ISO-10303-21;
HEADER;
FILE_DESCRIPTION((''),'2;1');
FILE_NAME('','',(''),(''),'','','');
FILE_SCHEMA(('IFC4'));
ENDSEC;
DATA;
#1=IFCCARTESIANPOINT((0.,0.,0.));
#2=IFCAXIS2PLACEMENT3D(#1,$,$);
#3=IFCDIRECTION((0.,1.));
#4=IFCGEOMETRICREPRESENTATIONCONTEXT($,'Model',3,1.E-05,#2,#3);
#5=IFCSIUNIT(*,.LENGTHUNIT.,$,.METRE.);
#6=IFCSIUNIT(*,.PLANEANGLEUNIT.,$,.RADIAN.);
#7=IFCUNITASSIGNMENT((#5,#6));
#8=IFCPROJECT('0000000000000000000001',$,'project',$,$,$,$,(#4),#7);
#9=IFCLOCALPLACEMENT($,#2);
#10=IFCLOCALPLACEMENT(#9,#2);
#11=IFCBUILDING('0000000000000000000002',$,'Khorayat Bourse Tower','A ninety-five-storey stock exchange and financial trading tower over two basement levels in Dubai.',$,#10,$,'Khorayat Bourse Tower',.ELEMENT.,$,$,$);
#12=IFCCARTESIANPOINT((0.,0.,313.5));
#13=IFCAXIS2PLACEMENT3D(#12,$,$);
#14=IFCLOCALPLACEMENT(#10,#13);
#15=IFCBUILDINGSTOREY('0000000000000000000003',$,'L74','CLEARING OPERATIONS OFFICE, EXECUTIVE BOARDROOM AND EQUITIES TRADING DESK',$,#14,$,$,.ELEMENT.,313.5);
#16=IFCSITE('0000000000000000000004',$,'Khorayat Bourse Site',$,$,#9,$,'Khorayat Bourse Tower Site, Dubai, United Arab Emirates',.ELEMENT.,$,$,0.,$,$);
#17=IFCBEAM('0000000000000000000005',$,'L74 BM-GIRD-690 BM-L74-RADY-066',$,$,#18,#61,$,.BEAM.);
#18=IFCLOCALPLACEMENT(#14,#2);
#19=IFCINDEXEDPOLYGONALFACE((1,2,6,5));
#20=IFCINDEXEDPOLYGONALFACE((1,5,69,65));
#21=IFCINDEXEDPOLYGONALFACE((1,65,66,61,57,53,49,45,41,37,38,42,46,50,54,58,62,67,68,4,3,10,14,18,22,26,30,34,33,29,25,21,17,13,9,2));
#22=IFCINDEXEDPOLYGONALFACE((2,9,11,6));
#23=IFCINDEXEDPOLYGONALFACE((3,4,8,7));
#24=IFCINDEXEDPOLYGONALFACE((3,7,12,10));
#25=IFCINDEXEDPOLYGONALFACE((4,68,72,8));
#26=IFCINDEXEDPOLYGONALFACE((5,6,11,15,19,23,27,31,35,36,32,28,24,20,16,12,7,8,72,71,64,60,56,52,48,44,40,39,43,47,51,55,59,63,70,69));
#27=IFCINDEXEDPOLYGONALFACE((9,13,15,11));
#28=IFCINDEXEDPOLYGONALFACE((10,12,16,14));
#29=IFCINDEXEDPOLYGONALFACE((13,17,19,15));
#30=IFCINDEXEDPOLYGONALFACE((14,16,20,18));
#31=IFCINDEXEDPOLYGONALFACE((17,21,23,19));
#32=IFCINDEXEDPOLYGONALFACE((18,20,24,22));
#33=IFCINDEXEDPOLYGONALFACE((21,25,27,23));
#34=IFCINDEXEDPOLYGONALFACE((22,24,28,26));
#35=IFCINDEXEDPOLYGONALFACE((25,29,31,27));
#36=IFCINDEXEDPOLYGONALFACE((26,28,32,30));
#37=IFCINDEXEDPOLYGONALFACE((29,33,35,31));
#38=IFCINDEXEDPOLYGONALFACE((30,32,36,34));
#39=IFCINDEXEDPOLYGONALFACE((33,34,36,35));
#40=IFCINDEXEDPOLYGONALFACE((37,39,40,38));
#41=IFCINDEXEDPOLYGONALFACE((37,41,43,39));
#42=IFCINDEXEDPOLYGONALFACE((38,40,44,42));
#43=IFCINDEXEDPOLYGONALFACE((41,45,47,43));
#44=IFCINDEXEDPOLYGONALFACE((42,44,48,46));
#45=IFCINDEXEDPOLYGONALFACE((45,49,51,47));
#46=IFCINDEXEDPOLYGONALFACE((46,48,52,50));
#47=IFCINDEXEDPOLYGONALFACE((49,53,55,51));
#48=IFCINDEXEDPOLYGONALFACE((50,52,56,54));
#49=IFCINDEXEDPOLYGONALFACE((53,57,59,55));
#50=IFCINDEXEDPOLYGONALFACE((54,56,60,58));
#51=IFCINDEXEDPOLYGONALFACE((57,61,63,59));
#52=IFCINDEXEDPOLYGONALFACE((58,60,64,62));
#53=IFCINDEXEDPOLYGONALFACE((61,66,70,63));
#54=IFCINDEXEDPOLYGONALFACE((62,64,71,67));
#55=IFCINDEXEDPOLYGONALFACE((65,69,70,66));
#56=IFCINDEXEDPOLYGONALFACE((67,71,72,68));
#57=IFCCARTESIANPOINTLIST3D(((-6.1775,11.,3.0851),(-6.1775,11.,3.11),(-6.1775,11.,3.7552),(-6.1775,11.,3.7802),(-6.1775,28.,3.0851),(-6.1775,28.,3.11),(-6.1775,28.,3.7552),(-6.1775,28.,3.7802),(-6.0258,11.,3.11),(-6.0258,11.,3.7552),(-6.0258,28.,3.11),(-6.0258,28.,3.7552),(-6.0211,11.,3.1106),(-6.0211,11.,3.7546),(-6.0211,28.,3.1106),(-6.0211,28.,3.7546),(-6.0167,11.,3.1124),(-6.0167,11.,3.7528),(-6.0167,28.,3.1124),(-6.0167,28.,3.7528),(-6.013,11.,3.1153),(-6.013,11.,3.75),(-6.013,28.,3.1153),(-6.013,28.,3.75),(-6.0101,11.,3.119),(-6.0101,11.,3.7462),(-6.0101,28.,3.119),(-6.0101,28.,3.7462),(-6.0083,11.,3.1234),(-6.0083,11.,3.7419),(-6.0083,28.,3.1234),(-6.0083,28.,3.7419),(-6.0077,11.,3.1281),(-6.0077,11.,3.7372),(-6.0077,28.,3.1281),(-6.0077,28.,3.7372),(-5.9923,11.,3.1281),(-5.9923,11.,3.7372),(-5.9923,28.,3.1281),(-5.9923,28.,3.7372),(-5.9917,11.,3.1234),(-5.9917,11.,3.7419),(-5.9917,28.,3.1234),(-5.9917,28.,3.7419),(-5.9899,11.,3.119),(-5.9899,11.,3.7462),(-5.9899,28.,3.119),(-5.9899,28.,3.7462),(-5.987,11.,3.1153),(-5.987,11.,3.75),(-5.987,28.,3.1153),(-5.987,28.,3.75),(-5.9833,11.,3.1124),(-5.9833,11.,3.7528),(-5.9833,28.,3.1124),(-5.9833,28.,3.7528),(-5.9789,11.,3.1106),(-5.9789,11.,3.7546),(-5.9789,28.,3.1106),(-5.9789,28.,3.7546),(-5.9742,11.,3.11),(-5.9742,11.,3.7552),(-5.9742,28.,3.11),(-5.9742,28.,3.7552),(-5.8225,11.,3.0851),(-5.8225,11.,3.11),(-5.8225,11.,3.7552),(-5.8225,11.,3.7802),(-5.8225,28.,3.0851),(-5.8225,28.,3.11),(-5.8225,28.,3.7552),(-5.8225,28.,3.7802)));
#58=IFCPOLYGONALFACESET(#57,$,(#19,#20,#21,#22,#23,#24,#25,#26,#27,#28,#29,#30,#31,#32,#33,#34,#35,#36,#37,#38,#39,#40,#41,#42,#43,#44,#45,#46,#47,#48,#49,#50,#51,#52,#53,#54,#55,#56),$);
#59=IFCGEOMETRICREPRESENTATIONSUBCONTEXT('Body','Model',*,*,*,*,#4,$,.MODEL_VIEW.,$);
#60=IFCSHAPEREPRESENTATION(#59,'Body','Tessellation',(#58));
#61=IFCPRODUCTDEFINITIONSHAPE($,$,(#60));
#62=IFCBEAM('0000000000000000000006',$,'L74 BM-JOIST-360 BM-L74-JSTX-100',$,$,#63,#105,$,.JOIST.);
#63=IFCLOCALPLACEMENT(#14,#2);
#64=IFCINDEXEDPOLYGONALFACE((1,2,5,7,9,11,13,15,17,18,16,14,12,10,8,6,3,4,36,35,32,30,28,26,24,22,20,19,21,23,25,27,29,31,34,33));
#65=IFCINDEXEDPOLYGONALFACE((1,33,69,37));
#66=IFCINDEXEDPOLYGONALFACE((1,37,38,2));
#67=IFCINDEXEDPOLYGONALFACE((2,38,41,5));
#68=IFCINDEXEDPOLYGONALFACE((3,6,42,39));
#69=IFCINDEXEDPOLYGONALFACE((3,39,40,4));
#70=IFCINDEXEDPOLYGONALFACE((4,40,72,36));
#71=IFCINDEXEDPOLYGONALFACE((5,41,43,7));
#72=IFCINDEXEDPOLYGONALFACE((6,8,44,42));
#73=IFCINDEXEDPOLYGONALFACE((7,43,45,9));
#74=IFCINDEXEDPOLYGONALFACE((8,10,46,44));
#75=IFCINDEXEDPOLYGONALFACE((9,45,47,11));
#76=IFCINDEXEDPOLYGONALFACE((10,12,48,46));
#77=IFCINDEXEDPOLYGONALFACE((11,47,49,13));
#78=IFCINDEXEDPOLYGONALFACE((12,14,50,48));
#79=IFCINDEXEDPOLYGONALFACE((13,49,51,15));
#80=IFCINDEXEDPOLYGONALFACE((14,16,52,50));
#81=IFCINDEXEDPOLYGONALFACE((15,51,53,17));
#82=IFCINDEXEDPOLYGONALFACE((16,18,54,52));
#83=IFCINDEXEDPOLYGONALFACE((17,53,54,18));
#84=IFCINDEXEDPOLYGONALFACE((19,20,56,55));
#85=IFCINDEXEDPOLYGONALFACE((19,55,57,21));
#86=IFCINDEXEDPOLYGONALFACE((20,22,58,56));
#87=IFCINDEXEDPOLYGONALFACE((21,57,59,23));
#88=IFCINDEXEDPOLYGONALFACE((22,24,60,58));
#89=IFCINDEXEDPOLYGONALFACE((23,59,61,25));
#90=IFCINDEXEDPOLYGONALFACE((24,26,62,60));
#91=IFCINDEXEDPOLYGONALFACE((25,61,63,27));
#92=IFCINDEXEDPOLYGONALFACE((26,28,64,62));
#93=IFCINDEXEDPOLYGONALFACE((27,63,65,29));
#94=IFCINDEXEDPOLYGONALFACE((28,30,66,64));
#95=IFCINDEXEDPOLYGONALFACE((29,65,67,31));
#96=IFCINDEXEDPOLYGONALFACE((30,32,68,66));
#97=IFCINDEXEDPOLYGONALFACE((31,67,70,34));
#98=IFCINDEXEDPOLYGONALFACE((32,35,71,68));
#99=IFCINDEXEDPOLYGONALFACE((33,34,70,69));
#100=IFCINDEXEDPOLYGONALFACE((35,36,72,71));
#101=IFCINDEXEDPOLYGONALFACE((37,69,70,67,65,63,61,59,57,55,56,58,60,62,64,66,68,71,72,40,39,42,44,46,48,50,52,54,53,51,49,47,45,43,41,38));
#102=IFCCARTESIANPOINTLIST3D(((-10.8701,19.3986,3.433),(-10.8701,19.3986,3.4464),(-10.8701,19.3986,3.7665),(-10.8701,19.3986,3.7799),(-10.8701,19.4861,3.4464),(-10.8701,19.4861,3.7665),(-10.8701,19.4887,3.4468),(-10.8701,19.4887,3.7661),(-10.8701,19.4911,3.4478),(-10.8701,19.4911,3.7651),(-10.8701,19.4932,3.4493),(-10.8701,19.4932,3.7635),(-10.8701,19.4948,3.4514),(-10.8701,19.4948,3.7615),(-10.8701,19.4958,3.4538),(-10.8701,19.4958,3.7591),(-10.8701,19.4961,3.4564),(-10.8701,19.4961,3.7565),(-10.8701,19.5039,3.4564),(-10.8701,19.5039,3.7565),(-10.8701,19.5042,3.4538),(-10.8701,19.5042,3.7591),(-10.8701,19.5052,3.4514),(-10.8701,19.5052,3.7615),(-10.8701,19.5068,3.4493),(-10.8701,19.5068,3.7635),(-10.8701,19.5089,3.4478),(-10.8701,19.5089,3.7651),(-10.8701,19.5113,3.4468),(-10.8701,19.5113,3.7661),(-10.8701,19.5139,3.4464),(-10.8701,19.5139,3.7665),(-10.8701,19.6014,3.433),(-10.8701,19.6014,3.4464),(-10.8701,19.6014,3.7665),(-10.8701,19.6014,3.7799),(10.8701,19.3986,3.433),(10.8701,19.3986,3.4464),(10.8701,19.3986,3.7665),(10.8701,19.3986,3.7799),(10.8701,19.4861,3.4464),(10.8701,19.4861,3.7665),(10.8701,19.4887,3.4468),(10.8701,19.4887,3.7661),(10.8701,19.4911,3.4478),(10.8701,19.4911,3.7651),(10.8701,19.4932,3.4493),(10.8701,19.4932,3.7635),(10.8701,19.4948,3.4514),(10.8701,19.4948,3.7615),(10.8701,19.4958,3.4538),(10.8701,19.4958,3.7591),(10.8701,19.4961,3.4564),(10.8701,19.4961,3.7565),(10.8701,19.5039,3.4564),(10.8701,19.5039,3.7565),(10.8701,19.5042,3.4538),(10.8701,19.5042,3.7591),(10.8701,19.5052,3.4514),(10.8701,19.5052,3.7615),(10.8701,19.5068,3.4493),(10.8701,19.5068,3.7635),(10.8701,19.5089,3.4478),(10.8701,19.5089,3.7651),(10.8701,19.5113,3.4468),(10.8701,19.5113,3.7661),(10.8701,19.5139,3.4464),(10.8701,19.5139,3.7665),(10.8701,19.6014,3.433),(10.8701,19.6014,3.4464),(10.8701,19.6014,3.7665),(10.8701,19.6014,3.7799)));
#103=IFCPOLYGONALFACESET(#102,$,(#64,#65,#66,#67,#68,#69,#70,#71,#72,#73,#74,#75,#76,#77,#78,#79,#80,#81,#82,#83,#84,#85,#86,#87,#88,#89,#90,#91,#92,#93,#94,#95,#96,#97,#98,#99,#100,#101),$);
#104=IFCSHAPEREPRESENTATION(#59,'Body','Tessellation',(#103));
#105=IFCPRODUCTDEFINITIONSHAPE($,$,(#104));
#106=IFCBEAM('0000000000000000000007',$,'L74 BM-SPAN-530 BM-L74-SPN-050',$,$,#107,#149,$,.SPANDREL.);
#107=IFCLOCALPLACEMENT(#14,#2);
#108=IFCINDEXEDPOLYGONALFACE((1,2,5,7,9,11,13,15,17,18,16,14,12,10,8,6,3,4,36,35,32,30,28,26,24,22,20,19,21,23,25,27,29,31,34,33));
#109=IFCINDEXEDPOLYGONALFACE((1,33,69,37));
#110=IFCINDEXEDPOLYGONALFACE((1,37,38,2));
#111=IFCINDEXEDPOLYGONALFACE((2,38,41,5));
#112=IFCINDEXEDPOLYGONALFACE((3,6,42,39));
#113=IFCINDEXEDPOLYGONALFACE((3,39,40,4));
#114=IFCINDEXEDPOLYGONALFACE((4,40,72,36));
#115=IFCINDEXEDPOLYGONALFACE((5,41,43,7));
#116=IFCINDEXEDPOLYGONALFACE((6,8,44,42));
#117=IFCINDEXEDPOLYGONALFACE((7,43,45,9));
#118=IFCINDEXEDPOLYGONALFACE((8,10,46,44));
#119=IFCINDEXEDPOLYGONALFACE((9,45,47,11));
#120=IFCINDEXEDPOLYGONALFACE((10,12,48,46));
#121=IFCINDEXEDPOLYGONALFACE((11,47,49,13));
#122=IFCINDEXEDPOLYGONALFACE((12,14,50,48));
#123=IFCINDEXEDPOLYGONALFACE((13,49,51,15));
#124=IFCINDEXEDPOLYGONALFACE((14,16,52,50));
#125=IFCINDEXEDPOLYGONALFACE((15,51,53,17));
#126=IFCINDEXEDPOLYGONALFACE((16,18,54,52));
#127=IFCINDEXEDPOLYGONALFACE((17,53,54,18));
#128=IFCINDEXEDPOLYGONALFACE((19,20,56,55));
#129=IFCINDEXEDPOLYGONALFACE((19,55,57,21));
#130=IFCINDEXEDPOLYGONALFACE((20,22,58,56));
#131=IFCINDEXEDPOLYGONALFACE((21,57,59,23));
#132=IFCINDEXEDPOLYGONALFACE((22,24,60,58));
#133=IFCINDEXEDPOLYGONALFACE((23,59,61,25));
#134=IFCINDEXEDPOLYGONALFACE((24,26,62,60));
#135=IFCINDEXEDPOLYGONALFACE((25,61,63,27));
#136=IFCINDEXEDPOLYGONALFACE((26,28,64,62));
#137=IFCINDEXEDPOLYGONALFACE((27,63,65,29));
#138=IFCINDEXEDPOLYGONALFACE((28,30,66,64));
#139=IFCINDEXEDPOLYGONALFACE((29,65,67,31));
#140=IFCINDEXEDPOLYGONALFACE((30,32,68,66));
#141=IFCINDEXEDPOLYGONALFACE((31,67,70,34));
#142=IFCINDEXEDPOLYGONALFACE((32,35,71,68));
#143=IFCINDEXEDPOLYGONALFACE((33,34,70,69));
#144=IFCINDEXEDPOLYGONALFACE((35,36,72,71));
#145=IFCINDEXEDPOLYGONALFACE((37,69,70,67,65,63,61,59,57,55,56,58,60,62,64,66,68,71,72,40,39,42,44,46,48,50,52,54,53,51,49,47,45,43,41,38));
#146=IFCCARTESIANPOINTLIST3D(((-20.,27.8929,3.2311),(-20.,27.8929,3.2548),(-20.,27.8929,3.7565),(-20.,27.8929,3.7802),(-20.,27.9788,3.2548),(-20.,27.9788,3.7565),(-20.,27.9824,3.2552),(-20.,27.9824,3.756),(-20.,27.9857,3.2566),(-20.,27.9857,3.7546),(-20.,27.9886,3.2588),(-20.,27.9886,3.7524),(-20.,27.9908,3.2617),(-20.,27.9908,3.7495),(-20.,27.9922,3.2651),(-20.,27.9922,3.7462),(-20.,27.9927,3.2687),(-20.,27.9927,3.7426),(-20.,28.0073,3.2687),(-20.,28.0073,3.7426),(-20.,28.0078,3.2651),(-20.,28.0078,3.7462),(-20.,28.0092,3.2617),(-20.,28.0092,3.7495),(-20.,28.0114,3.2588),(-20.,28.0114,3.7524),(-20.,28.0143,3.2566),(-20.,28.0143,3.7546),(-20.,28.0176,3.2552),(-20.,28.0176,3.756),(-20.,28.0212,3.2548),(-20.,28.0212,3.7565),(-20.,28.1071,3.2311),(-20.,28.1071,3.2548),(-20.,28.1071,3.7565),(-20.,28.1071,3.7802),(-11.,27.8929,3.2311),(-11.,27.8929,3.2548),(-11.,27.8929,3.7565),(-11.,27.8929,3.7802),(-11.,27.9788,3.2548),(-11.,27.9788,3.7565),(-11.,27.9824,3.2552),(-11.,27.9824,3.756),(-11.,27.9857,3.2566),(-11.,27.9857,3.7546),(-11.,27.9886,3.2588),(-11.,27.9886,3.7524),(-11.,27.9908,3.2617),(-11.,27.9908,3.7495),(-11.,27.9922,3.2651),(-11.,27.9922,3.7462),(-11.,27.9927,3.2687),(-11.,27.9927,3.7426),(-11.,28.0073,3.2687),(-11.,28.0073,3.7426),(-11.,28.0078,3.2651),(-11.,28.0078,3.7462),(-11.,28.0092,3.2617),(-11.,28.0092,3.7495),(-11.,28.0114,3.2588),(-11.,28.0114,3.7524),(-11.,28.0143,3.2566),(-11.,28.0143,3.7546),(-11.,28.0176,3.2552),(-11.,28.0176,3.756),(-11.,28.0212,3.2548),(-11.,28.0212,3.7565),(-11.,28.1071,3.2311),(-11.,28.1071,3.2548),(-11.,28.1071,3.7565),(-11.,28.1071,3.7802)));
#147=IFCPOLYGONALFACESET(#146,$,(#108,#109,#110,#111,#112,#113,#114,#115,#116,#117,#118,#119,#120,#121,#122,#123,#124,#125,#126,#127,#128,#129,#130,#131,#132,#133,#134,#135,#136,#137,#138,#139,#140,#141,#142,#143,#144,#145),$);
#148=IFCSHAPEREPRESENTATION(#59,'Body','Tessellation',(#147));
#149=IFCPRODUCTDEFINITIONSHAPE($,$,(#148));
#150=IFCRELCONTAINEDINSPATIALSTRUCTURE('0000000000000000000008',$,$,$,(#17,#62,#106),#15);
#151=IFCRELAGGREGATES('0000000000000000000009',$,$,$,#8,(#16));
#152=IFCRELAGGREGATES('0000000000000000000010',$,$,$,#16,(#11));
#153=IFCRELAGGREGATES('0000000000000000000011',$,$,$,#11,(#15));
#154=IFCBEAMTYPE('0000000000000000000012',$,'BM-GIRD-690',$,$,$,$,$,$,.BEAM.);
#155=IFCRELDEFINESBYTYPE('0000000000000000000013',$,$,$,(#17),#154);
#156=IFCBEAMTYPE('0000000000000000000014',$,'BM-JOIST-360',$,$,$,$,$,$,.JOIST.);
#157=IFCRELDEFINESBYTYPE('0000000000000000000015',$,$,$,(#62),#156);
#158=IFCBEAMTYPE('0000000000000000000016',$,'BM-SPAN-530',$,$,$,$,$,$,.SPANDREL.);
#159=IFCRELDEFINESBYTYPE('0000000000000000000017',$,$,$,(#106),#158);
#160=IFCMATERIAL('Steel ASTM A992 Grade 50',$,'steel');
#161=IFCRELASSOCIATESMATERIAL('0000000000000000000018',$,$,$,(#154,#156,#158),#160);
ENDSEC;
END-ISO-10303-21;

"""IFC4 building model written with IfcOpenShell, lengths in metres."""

from ifc_helpers import new_model, si_unit, direction, frame, origin, origin_2d, place, context, subcontext, project, spatial, i_section, extrude, source, transform, mapped, material, material_profile, profile_set, type_object, element, save


model = new_model("IFC4")

# Units and contexts
model_context = context("Model", 3, precision=1e-05, world=origin(), true_north=direction((0.0, 1.0)))
body_context = subcontext(model_context, "Body", "Model", "MODEL_VIEW")
ifc_project = project(units=[si_unit("LENGTHUNIT", "METRE"), si_unit("PLANEANGLEUNIT", "RADIAN")], contexts=[model_context])

# Site, building, storey
site_placement = place(None, origin())
site = spatial("IfcSite", under=ifc_project, at=site_placement, Name="Khorayat Bourse Site", LongName="Khorayat Bourse Tower Site, Dubai, United Arab Emirates", CompositionType="ELEMENT", RefElevation=0.0)
building_placement = place(site_placement, origin())
building = spatial("IfcBuilding", under=site, at=building_placement, Name="Khorayat Bourse Tower", Description="A ninety-five-storey stock exchange and financial trading tower over two basement levels in Dubai.", LongName="Khorayat Bourse Tower", CompositionType="ELEMENT")
storey_placement = place(building_placement, frame((0.0, 0.0, 313.5)))
storey = spatial("IfcBuildingStorey", under=building, at=storey_placement, Name="L74", Description="CLEARING OPERATIONS OFFICE, EXECUTIVE BOARDROOM AND EQUITIES TRADING DESK", CompositionType="ELEMENT", Elevation=313.5)

# Beams
ifc_material_1 = material(Name="Steel ASTM A992 Grade 50", Category="steel")
ifc_material_profile_1 = material_profile(ifc_material_1, i_section(OverallWidth=0.355, OverallDepth=0.6951, WebThickness=0.0154, FlangeThickness=0.0249, FilletRadius=0.0181, at=origin_2d()), Name="W690X217")
ifc_profile_set_1 = profile_set([ifc_material_profile_1], Name="Steel ASTM A992 Grade 50")
beam_type_1 = type_object("IfcBeamType", Name="BM-GIRD-690", PredefinedType="BEAM", material=ifc_profile_set_1)
shared_shape_1 = source(origin(), body_context, "Body", "SweptSolid", [
    extrude(i_section(OverallWidth=0.355, OverallDepth=0.6951, WebThickness=0.0154, FlangeThickness=0.0249, FilletRadius=0.0181, at=origin_2d()), origin(), (0.0, 0.0, 1.0), 17.0),
])
for number, where, z_axis, x_axis, name in (
    (1, (-6.0, 11.0, 3.4326), (0.0, 1.0, 0.0), (-1.0, 0.0, 0.0), "L74 BM-GIRD-690 BM-L74-RADY-066"),
):
    element("IfcBeam", number, at=place(storey_placement, frame(where, z_axis=z_axis, x_axis=x_axis)), inside=storey, type_object=beam_type_1, Name=name, PredefinedType="BEAM", context=body_context, shape_type="MappedRepresentation", body=[
        mapped(shared_shape_1, transform((0.0, 0.0, 0.0), scale=1.0)),
    ])
ifc_material_profile_2 = material_profile(ifc_material_1, i_section(OverallWidth=0.2029, OverallDepth=0.3469, WebThickness=0.0078, FlangeThickness=0.0134, FilletRadius=0.01, at=origin_2d()), Name="W360X64")
ifc_profile_set_2 = profile_set([ifc_material_profile_2], Name="Steel ASTM A992 Grade 50")
beam_type_2 = type_object("IfcBeamType", Name="BM-JOIST-360", PredefinedType="JOIST", material=ifc_profile_set_2)
shared_shape_2 = source(origin(), body_context, "Body", "SweptSolid", [
    extrude(i_section(OverallWidth=0.2029, OverallDepth=0.3469, WebThickness=0.0078, FlangeThickness=0.0134, FilletRadius=0.01, at=origin_2d()), origin(), (0.0, 0.0, 1.0), 21.7402),
])
beam_1_placement = place(storey_placement, frame((-10.8701, 19.5, 3.6064), z_axis=(1.0, 0.0, 0.0), x_axis=(0.0, 1.0, 0.0)))
element("IfcBeam", 2, at=beam_1_placement, inside=storey, type_object=beam_type_2, Name="L74 BM-JOIST-360 BM-L74-JSTX-100", PredefinedType="JOIST", context=body_context, shape_type="MappedRepresentation", body=[
    mapped(shared_shape_2, transform((0.0, 0.0, 0.0), scale=1.0)),
])
ifc_material_profile_3 = material_profile(ifc_material_1, i_section(OverallWidth=0.2141, OverallDepth=0.5491, WebThickness=0.0146, FlangeThickness=0.0237, FilletRadius=0.0139, at=origin_2d()), Name="W530X138")
ifc_profile_set_3 = profile_set([ifc_material_profile_3], Name="Steel ASTM A992 Grade 50")
beam_type_3 = type_object("IfcBeamType", Name="BM-SPAN-530", PredefinedType="SPANDREL", material=ifc_profile_set_3)
shared_shape_3 = source(origin(), body_context, "Body", "SweptSolid", [
    extrude(i_section(OverallWidth=0.2141, OverallDepth=0.5491, WebThickness=0.0146, FlangeThickness=0.0237, FilletRadius=0.0139, at=origin_2d()), origin(), (0.0, 0.0, 1.0), 9.0),
])
beam_2_placement = place(storey_placement, frame((-20.0, 28.0, 3.5056), z_axis=(1.0, 0.0, 0.0), x_axis=(0.0, 1.0, 0.0)))
element("IfcBeam", 3, at=beam_2_placement, inside=storey, type_object=beam_type_3, Name="L74 BM-SPAN-530 BM-L74-SPN-050", PredefinedType="SPANDREL", context=body_context, shape_type="MappedRepresentation", body=[
    mapped(shared_shape_3, transform((0.0, 0.0, 0.0), scale=1.0)),
])

save(model, "model.ifc")
